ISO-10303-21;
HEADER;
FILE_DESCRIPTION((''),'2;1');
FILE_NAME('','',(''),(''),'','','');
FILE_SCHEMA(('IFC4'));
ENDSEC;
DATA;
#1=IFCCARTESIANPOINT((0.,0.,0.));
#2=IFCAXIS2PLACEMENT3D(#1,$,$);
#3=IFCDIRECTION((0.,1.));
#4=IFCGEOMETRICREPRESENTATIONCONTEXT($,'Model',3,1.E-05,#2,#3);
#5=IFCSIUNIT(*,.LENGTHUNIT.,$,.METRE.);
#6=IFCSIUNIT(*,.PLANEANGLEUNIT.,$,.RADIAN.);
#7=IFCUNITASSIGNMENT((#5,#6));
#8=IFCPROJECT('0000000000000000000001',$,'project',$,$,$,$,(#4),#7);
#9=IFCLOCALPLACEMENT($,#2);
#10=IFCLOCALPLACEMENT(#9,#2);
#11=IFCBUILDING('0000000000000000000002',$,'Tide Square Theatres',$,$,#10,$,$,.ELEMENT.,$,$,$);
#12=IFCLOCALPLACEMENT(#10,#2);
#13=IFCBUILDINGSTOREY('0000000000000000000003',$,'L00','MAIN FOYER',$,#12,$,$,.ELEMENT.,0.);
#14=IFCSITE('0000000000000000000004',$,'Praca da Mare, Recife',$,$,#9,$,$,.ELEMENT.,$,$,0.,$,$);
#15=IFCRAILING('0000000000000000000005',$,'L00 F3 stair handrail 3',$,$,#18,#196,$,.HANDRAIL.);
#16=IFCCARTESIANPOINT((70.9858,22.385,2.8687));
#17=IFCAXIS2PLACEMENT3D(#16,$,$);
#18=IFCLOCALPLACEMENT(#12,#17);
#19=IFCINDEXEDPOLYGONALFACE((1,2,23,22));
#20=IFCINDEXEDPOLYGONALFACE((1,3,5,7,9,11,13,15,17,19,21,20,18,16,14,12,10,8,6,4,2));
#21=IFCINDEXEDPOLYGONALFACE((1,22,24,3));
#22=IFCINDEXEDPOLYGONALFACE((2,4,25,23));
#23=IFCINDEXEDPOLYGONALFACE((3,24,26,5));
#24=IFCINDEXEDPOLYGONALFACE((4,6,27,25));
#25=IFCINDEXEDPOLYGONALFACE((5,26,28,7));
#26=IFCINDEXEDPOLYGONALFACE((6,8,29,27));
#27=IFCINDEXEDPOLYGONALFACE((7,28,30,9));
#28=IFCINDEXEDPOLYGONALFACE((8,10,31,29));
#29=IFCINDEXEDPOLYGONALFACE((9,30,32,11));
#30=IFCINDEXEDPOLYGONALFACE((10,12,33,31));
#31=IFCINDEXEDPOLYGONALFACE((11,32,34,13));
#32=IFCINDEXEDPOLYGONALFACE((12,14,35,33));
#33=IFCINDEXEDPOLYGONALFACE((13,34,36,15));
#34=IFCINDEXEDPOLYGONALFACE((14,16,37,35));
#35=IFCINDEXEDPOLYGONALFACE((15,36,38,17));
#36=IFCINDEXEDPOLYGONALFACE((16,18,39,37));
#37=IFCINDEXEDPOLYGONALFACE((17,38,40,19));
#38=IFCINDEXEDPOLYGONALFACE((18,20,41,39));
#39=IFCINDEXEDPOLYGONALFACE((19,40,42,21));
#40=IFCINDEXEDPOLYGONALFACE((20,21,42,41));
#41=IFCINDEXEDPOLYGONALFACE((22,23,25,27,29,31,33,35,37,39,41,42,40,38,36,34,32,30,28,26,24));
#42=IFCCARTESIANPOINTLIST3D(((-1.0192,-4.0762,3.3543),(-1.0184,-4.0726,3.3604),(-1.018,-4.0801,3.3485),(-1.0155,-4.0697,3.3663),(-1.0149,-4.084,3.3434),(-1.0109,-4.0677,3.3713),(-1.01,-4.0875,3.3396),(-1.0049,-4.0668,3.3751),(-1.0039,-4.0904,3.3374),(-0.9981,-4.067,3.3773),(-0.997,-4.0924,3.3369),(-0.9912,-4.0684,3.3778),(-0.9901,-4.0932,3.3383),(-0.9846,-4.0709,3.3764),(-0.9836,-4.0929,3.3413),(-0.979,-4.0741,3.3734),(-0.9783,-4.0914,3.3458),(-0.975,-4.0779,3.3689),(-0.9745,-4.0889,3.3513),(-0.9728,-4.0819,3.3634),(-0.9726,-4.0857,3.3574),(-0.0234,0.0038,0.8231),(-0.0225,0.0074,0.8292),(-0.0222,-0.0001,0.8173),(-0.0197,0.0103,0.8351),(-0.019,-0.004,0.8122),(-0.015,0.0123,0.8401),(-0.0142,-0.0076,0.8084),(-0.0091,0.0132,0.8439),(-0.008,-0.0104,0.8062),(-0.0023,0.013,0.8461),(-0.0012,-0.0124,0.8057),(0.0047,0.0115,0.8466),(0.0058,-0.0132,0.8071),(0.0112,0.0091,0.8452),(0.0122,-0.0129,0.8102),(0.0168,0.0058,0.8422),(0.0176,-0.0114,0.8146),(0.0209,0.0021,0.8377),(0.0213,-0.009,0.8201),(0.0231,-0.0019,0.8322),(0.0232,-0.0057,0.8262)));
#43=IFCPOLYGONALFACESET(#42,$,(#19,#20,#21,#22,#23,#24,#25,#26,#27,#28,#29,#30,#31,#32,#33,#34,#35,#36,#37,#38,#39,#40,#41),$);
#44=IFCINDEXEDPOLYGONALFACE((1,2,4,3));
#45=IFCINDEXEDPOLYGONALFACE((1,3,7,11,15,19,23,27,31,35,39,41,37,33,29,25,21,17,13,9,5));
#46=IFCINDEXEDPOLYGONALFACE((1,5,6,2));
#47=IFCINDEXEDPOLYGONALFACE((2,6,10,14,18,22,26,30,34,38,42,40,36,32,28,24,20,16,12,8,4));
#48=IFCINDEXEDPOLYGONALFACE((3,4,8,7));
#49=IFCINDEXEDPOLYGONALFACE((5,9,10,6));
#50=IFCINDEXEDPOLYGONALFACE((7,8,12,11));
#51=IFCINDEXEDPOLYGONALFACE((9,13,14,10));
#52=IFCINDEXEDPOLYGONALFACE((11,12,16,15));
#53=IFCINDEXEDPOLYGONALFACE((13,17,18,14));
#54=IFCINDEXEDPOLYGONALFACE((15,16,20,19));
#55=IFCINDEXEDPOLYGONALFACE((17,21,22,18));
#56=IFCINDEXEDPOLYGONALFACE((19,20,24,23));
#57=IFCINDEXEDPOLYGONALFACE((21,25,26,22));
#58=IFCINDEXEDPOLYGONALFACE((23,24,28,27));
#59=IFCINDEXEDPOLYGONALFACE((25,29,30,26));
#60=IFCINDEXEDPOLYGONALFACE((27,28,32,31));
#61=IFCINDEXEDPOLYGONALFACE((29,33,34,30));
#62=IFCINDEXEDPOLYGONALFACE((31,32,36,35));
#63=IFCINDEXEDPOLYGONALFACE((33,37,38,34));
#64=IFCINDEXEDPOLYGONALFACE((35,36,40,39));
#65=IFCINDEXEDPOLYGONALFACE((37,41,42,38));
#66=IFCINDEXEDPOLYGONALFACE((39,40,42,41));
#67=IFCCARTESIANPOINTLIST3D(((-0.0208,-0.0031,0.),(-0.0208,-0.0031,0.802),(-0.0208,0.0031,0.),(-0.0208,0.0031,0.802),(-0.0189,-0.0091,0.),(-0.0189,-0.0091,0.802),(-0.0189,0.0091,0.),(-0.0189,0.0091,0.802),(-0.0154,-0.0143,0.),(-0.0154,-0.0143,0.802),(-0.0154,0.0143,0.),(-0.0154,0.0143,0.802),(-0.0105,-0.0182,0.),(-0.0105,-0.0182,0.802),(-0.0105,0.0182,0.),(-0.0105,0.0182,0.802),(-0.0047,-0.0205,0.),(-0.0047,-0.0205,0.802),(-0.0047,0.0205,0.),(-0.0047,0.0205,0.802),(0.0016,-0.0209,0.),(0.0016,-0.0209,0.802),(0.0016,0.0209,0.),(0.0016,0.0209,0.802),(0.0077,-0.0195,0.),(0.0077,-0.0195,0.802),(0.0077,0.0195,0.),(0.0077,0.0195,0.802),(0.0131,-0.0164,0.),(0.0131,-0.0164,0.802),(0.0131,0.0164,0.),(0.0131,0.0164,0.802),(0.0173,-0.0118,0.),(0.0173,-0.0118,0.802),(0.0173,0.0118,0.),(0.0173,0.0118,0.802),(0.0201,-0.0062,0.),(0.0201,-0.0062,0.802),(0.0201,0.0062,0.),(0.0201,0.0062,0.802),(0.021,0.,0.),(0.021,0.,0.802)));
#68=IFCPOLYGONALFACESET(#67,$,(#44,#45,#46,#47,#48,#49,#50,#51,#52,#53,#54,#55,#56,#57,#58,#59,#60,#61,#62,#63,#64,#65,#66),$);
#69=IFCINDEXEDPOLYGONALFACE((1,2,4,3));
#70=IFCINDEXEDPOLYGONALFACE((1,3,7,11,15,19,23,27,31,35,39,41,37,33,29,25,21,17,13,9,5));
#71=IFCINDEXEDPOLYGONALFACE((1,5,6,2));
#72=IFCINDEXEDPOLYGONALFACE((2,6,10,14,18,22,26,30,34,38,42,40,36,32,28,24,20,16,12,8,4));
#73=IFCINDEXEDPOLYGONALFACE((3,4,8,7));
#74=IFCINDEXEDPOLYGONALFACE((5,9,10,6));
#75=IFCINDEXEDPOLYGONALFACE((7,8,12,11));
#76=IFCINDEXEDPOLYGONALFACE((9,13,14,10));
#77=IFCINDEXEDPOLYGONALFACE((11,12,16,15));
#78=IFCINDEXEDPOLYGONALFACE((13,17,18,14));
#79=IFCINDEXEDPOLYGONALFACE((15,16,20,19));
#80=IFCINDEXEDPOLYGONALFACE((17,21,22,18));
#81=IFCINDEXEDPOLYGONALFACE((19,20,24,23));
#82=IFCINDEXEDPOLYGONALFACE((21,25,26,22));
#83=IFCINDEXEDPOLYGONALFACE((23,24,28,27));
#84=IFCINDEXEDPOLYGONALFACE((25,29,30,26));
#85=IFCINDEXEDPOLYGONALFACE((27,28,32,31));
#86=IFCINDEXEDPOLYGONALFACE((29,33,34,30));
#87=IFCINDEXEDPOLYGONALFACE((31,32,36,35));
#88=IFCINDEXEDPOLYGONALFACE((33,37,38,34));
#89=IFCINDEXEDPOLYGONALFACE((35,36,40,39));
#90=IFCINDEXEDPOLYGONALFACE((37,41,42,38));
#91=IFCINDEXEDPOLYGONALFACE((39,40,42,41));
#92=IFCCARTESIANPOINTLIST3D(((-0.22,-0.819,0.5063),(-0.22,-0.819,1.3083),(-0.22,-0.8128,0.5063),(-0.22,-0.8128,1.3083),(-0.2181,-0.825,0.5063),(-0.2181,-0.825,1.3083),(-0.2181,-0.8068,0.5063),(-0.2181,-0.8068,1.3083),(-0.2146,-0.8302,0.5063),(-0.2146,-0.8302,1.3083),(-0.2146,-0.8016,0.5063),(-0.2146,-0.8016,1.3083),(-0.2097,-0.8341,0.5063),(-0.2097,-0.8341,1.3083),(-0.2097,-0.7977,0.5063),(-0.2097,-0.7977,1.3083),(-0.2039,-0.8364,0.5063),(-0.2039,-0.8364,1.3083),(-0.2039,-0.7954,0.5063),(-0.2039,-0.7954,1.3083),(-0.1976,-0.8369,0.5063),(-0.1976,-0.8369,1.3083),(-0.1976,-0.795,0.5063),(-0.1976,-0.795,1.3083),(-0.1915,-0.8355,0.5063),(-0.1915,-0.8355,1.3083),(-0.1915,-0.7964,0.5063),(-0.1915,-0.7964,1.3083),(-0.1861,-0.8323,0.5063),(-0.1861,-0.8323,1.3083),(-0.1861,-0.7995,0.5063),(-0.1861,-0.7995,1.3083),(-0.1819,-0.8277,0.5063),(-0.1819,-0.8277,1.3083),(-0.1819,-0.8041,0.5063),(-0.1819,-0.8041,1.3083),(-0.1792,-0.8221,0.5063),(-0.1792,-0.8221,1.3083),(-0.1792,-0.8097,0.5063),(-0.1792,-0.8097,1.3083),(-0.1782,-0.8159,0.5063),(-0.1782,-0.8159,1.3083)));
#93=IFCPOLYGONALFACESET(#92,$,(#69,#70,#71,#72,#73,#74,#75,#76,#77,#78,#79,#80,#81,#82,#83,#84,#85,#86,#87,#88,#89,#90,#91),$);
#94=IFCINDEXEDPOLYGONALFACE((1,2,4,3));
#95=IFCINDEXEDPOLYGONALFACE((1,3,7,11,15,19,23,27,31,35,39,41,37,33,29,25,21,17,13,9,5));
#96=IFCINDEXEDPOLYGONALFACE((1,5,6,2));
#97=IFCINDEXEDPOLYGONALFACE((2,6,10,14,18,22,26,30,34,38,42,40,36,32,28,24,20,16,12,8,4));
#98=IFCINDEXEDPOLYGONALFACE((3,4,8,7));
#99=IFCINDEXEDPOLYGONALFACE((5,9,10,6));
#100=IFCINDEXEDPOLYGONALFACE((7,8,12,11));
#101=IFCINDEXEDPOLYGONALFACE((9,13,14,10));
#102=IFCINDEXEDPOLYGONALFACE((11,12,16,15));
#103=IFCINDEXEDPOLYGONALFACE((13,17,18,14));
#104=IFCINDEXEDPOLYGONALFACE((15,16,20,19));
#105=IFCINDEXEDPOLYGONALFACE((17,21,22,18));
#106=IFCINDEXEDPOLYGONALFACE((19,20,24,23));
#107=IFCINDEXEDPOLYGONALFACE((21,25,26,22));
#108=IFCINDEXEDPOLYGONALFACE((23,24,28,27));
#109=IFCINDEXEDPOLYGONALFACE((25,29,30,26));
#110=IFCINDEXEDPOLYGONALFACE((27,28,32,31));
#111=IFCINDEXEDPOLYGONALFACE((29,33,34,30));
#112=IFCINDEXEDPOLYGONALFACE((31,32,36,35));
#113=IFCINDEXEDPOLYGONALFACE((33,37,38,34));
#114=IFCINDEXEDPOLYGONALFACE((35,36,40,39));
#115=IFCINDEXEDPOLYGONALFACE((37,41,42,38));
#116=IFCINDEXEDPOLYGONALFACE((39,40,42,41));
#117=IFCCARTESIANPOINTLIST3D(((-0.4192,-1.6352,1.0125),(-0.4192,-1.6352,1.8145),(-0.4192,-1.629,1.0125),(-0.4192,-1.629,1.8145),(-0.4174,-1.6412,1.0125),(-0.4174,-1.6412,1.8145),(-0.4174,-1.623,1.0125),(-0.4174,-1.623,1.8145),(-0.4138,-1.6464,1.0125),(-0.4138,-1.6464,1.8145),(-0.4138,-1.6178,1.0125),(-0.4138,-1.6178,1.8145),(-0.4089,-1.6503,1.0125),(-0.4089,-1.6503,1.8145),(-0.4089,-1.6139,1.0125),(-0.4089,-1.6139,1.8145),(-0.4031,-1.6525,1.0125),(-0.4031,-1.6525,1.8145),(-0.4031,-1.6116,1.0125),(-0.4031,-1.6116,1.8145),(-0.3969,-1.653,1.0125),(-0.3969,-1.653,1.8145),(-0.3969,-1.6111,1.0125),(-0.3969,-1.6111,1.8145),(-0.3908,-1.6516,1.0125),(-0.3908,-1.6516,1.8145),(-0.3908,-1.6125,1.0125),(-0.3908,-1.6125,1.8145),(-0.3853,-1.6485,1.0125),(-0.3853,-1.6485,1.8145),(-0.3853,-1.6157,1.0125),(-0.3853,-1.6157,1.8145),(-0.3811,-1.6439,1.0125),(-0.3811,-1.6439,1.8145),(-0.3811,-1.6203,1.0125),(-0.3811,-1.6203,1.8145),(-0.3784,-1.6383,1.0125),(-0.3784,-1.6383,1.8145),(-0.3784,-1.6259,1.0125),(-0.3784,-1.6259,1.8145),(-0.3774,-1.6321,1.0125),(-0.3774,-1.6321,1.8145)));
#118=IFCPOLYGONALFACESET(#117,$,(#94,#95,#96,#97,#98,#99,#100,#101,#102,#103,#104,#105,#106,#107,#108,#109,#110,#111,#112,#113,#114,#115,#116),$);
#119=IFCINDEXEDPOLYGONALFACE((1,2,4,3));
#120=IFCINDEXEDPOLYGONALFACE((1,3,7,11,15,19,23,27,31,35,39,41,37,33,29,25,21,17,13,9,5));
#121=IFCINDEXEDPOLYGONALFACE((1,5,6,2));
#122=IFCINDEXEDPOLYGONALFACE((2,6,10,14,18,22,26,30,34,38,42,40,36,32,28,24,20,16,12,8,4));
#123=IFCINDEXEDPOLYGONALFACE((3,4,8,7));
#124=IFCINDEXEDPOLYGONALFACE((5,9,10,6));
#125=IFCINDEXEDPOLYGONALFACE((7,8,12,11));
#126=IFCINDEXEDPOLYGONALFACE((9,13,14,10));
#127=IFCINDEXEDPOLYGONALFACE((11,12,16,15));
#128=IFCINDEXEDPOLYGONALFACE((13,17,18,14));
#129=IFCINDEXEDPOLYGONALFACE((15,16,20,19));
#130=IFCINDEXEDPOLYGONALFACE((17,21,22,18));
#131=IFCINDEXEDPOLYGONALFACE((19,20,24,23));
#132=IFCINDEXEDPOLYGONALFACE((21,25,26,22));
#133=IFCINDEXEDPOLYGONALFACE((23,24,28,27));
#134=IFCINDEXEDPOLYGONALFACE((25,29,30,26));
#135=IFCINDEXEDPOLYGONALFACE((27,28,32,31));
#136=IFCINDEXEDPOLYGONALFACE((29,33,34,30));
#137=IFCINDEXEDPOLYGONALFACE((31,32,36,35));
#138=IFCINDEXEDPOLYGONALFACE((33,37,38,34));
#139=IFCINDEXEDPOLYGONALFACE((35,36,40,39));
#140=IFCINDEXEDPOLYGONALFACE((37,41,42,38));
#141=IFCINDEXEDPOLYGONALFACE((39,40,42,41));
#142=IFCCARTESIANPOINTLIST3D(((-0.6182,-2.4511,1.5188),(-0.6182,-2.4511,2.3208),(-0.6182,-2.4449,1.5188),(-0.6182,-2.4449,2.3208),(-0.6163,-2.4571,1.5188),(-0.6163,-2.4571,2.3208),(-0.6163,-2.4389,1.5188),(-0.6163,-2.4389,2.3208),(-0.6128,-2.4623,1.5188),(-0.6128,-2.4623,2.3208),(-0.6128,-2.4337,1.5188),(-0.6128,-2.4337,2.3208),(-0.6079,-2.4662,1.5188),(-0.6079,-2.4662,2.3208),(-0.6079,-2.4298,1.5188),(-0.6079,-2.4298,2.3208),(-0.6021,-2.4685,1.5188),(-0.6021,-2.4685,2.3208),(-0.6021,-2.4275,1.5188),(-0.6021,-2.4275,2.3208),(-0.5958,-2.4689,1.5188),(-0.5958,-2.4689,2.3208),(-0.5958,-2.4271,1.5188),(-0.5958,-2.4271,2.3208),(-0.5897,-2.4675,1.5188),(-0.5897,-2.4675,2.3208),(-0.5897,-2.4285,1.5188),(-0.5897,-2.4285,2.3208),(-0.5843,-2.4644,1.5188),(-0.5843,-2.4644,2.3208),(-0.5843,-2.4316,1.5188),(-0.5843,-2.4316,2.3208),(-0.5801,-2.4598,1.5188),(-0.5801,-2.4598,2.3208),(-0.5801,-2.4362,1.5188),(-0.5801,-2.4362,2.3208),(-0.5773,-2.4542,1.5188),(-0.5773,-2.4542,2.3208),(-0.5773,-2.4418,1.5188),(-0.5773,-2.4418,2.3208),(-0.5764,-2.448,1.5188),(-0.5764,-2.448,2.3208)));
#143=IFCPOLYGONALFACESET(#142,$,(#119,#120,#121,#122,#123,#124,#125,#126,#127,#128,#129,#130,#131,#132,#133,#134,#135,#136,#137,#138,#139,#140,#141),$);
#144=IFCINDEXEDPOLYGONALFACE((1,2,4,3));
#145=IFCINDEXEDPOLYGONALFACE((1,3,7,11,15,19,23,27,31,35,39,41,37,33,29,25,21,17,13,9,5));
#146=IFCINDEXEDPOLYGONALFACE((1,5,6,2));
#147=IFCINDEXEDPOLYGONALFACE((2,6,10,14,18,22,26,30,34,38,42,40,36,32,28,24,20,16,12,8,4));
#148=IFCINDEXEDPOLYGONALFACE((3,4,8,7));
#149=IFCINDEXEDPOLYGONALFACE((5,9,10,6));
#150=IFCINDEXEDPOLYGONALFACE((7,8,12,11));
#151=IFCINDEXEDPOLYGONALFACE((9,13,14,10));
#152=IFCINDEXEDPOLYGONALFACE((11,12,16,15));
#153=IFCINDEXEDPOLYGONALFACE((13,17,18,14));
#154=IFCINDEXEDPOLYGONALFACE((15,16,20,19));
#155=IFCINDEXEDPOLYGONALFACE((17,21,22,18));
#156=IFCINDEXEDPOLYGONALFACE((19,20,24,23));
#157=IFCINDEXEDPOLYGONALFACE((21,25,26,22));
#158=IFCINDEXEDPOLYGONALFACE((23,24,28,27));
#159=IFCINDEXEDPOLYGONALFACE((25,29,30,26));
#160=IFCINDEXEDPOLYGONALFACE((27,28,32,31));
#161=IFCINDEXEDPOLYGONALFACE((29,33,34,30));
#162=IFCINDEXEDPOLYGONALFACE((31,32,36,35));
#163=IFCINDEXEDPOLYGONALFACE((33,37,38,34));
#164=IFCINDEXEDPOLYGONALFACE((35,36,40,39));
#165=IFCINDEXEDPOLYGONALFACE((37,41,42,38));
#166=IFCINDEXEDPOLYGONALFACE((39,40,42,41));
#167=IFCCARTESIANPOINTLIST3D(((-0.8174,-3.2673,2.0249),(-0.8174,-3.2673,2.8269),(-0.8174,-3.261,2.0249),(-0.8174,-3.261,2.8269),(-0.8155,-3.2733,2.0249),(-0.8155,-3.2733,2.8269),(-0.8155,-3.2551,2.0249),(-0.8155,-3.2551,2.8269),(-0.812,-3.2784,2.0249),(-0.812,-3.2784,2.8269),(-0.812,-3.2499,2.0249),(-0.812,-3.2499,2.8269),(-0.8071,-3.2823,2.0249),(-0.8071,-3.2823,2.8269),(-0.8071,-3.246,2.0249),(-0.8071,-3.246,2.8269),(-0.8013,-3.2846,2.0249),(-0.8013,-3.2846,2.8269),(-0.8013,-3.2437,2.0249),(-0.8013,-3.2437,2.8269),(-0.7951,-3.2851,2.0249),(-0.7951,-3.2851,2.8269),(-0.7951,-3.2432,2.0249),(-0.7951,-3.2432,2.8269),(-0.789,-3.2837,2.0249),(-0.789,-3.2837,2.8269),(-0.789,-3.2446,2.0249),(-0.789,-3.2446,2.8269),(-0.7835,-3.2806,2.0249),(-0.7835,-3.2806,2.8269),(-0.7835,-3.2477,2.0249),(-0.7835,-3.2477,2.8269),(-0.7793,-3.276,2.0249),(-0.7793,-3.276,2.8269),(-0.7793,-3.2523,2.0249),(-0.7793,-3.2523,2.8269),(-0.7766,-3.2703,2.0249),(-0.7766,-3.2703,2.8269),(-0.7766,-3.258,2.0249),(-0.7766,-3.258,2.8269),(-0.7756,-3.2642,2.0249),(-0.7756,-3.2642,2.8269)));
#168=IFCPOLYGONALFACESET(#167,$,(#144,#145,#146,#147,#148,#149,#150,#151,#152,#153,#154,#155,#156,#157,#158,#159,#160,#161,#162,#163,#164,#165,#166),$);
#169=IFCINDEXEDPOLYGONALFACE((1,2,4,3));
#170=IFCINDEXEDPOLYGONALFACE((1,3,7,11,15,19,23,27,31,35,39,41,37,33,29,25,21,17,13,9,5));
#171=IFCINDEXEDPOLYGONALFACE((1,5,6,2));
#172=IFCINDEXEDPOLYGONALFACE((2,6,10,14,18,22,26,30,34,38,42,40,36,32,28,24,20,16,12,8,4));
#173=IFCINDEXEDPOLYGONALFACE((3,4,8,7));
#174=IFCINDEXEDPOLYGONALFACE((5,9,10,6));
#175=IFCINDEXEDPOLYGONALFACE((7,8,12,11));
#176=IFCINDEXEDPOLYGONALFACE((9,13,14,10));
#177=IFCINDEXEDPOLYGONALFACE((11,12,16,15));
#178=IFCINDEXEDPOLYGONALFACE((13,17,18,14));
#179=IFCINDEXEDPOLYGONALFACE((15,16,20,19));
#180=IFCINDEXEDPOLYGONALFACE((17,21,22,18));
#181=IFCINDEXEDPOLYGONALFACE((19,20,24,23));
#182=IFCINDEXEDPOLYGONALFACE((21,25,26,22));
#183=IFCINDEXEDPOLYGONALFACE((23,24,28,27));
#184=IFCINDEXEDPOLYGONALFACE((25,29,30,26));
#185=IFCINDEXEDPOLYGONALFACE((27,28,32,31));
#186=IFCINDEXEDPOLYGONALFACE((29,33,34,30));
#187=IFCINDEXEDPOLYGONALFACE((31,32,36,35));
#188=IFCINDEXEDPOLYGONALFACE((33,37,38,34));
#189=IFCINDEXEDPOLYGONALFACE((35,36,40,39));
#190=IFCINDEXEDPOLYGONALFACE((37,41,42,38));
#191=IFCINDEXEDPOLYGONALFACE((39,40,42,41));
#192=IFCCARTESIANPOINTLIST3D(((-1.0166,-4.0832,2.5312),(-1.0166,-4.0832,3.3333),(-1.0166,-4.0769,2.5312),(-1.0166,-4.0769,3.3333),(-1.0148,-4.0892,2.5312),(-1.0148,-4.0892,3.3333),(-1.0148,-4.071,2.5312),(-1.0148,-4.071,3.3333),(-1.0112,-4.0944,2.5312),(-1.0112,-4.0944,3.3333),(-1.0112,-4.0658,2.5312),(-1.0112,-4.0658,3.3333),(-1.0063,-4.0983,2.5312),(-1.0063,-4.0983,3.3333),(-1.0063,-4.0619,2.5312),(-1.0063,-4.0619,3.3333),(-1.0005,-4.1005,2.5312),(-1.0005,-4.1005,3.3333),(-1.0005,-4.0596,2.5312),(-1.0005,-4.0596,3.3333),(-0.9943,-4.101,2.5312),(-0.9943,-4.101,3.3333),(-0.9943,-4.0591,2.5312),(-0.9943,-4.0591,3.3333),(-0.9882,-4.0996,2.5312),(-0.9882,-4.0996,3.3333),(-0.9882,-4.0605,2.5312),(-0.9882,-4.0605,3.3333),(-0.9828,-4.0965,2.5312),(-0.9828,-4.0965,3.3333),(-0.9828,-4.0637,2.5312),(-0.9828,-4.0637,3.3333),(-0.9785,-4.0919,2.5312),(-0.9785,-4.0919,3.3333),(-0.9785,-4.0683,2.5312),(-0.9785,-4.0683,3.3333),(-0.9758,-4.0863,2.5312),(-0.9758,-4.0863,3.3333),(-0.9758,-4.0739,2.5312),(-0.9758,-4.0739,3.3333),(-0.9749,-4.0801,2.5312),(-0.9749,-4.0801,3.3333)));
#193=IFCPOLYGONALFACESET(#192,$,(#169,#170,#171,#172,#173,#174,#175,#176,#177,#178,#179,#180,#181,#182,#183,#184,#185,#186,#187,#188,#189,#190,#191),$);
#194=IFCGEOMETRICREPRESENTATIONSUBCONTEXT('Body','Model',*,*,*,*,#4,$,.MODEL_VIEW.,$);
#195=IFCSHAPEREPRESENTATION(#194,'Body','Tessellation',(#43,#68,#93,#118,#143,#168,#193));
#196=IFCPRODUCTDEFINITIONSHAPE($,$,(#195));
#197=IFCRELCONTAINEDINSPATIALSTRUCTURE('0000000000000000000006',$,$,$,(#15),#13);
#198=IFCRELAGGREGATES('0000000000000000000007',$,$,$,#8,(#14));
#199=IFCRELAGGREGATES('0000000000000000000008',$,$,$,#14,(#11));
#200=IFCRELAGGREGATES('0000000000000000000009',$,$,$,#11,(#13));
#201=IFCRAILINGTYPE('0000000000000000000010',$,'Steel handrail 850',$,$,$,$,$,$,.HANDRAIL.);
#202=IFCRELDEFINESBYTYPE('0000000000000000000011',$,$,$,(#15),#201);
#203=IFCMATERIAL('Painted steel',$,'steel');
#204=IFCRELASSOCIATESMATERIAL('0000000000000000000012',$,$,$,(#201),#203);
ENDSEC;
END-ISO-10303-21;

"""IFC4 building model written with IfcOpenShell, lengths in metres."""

from ifc_helpers import new_model, si_unit, direction, frame, origin, origin_2d, place, context, subcontext, project, spatial, circle, extrude, material, type_object, element, save


model = new_model("IFC4")

# Units and contexts
model_context = context("Model", 3, precision=1e-05, world=origin(), true_north=direction((0.0, 1.0)))
body_context = subcontext(model_context, "Body", "Model", "MODEL_VIEW")
ifc_project = project(units=[si_unit("LENGTHUNIT", "METRE"), si_unit("PLANEANGLEUNIT", "RADIAN")], contexts=[model_context])

# Site, building, storey
site_placement = place(None, origin())
site = spatial("IfcSite", under=ifc_project, at=site_placement, Name="Praca da Mare, Recife", CompositionType="ELEMENT", RefElevation=0.0)
building_placement = place(site_placement, origin())
building = spatial("IfcBuilding", under=site, at=building_placement, Name="Tide Square Theatres", CompositionType="ELEMENT")
storey_placement = place(building_placement, origin())
storey = spatial("IfcBuildingStorey", under=building, at=storey_placement, Name="L00", Description="MAIN FOYER", CompositionType="ELEMENT", Elevation=0.0)

# Railing
ifc_material_1 = material(Name="Painted steel", Category="steel")
railing_type_1 = type_object("IfcRailingType", Name="Steel handrail 850", PredefinedType="HANDRAIL", material=ifc_material_1)
railing_1_placement = place(storey_placement, frame((70.9858, 22.385, 2.8687)))
element("IfcRailing", 1, at=railing_1_placement, inside=storey, type_object=railing_type_1, Name="L00 F3 stair handrail 3", PredefinedType="HANDRAIL", context=body_context, shape_type="SweptSolid", body=[
    extrude(circle(Radius=0.0239, at=origin_2d()), frame((0.0, 0.0, 0.8262), z_axis=(-0.203083, -0.832046, 0.516195), x_axis=(0.971481, -0.237115, 0.0)), (0.0, 0.0, 1.0), 4.9036),
    extrude(circle(Radius=0.021, at=origin_2d()), origin(), (0.0, 0.0, 1.0), 0.802),
    extrude(circle(Radius=0.021, at=origin_2d()), frame((-0.1992, -0.8159, 0.5063)), (0.0, 0.0, 1.0), 0.802),
    extrude(circle(Radius=0.021, at=origin_2d()), frame((-0.3984, -1.6321, 1.0125)), (0.0, 0.0, 1.0), 0.802),
    extrude(circle(Radius=0.021, at=origin_2d()), frame((-0.5974, -2.448, 1.5188)), (0.0, 0.0, 1.0), 0.802),
    extrude(circle(Radius=0.021, at=origin_2d()), frame((-0.7966, -3.2642, 2.0249)), (0.0, 0.0, 1.0), 0.802),
    extrude(circle(Radius=0.021, at=origin_2d()), frame((-0.9958, -4.0801, 2.5312)), (0.0, 0.0, 1.0), 0.802),
])

save(model, "model.ifc")
